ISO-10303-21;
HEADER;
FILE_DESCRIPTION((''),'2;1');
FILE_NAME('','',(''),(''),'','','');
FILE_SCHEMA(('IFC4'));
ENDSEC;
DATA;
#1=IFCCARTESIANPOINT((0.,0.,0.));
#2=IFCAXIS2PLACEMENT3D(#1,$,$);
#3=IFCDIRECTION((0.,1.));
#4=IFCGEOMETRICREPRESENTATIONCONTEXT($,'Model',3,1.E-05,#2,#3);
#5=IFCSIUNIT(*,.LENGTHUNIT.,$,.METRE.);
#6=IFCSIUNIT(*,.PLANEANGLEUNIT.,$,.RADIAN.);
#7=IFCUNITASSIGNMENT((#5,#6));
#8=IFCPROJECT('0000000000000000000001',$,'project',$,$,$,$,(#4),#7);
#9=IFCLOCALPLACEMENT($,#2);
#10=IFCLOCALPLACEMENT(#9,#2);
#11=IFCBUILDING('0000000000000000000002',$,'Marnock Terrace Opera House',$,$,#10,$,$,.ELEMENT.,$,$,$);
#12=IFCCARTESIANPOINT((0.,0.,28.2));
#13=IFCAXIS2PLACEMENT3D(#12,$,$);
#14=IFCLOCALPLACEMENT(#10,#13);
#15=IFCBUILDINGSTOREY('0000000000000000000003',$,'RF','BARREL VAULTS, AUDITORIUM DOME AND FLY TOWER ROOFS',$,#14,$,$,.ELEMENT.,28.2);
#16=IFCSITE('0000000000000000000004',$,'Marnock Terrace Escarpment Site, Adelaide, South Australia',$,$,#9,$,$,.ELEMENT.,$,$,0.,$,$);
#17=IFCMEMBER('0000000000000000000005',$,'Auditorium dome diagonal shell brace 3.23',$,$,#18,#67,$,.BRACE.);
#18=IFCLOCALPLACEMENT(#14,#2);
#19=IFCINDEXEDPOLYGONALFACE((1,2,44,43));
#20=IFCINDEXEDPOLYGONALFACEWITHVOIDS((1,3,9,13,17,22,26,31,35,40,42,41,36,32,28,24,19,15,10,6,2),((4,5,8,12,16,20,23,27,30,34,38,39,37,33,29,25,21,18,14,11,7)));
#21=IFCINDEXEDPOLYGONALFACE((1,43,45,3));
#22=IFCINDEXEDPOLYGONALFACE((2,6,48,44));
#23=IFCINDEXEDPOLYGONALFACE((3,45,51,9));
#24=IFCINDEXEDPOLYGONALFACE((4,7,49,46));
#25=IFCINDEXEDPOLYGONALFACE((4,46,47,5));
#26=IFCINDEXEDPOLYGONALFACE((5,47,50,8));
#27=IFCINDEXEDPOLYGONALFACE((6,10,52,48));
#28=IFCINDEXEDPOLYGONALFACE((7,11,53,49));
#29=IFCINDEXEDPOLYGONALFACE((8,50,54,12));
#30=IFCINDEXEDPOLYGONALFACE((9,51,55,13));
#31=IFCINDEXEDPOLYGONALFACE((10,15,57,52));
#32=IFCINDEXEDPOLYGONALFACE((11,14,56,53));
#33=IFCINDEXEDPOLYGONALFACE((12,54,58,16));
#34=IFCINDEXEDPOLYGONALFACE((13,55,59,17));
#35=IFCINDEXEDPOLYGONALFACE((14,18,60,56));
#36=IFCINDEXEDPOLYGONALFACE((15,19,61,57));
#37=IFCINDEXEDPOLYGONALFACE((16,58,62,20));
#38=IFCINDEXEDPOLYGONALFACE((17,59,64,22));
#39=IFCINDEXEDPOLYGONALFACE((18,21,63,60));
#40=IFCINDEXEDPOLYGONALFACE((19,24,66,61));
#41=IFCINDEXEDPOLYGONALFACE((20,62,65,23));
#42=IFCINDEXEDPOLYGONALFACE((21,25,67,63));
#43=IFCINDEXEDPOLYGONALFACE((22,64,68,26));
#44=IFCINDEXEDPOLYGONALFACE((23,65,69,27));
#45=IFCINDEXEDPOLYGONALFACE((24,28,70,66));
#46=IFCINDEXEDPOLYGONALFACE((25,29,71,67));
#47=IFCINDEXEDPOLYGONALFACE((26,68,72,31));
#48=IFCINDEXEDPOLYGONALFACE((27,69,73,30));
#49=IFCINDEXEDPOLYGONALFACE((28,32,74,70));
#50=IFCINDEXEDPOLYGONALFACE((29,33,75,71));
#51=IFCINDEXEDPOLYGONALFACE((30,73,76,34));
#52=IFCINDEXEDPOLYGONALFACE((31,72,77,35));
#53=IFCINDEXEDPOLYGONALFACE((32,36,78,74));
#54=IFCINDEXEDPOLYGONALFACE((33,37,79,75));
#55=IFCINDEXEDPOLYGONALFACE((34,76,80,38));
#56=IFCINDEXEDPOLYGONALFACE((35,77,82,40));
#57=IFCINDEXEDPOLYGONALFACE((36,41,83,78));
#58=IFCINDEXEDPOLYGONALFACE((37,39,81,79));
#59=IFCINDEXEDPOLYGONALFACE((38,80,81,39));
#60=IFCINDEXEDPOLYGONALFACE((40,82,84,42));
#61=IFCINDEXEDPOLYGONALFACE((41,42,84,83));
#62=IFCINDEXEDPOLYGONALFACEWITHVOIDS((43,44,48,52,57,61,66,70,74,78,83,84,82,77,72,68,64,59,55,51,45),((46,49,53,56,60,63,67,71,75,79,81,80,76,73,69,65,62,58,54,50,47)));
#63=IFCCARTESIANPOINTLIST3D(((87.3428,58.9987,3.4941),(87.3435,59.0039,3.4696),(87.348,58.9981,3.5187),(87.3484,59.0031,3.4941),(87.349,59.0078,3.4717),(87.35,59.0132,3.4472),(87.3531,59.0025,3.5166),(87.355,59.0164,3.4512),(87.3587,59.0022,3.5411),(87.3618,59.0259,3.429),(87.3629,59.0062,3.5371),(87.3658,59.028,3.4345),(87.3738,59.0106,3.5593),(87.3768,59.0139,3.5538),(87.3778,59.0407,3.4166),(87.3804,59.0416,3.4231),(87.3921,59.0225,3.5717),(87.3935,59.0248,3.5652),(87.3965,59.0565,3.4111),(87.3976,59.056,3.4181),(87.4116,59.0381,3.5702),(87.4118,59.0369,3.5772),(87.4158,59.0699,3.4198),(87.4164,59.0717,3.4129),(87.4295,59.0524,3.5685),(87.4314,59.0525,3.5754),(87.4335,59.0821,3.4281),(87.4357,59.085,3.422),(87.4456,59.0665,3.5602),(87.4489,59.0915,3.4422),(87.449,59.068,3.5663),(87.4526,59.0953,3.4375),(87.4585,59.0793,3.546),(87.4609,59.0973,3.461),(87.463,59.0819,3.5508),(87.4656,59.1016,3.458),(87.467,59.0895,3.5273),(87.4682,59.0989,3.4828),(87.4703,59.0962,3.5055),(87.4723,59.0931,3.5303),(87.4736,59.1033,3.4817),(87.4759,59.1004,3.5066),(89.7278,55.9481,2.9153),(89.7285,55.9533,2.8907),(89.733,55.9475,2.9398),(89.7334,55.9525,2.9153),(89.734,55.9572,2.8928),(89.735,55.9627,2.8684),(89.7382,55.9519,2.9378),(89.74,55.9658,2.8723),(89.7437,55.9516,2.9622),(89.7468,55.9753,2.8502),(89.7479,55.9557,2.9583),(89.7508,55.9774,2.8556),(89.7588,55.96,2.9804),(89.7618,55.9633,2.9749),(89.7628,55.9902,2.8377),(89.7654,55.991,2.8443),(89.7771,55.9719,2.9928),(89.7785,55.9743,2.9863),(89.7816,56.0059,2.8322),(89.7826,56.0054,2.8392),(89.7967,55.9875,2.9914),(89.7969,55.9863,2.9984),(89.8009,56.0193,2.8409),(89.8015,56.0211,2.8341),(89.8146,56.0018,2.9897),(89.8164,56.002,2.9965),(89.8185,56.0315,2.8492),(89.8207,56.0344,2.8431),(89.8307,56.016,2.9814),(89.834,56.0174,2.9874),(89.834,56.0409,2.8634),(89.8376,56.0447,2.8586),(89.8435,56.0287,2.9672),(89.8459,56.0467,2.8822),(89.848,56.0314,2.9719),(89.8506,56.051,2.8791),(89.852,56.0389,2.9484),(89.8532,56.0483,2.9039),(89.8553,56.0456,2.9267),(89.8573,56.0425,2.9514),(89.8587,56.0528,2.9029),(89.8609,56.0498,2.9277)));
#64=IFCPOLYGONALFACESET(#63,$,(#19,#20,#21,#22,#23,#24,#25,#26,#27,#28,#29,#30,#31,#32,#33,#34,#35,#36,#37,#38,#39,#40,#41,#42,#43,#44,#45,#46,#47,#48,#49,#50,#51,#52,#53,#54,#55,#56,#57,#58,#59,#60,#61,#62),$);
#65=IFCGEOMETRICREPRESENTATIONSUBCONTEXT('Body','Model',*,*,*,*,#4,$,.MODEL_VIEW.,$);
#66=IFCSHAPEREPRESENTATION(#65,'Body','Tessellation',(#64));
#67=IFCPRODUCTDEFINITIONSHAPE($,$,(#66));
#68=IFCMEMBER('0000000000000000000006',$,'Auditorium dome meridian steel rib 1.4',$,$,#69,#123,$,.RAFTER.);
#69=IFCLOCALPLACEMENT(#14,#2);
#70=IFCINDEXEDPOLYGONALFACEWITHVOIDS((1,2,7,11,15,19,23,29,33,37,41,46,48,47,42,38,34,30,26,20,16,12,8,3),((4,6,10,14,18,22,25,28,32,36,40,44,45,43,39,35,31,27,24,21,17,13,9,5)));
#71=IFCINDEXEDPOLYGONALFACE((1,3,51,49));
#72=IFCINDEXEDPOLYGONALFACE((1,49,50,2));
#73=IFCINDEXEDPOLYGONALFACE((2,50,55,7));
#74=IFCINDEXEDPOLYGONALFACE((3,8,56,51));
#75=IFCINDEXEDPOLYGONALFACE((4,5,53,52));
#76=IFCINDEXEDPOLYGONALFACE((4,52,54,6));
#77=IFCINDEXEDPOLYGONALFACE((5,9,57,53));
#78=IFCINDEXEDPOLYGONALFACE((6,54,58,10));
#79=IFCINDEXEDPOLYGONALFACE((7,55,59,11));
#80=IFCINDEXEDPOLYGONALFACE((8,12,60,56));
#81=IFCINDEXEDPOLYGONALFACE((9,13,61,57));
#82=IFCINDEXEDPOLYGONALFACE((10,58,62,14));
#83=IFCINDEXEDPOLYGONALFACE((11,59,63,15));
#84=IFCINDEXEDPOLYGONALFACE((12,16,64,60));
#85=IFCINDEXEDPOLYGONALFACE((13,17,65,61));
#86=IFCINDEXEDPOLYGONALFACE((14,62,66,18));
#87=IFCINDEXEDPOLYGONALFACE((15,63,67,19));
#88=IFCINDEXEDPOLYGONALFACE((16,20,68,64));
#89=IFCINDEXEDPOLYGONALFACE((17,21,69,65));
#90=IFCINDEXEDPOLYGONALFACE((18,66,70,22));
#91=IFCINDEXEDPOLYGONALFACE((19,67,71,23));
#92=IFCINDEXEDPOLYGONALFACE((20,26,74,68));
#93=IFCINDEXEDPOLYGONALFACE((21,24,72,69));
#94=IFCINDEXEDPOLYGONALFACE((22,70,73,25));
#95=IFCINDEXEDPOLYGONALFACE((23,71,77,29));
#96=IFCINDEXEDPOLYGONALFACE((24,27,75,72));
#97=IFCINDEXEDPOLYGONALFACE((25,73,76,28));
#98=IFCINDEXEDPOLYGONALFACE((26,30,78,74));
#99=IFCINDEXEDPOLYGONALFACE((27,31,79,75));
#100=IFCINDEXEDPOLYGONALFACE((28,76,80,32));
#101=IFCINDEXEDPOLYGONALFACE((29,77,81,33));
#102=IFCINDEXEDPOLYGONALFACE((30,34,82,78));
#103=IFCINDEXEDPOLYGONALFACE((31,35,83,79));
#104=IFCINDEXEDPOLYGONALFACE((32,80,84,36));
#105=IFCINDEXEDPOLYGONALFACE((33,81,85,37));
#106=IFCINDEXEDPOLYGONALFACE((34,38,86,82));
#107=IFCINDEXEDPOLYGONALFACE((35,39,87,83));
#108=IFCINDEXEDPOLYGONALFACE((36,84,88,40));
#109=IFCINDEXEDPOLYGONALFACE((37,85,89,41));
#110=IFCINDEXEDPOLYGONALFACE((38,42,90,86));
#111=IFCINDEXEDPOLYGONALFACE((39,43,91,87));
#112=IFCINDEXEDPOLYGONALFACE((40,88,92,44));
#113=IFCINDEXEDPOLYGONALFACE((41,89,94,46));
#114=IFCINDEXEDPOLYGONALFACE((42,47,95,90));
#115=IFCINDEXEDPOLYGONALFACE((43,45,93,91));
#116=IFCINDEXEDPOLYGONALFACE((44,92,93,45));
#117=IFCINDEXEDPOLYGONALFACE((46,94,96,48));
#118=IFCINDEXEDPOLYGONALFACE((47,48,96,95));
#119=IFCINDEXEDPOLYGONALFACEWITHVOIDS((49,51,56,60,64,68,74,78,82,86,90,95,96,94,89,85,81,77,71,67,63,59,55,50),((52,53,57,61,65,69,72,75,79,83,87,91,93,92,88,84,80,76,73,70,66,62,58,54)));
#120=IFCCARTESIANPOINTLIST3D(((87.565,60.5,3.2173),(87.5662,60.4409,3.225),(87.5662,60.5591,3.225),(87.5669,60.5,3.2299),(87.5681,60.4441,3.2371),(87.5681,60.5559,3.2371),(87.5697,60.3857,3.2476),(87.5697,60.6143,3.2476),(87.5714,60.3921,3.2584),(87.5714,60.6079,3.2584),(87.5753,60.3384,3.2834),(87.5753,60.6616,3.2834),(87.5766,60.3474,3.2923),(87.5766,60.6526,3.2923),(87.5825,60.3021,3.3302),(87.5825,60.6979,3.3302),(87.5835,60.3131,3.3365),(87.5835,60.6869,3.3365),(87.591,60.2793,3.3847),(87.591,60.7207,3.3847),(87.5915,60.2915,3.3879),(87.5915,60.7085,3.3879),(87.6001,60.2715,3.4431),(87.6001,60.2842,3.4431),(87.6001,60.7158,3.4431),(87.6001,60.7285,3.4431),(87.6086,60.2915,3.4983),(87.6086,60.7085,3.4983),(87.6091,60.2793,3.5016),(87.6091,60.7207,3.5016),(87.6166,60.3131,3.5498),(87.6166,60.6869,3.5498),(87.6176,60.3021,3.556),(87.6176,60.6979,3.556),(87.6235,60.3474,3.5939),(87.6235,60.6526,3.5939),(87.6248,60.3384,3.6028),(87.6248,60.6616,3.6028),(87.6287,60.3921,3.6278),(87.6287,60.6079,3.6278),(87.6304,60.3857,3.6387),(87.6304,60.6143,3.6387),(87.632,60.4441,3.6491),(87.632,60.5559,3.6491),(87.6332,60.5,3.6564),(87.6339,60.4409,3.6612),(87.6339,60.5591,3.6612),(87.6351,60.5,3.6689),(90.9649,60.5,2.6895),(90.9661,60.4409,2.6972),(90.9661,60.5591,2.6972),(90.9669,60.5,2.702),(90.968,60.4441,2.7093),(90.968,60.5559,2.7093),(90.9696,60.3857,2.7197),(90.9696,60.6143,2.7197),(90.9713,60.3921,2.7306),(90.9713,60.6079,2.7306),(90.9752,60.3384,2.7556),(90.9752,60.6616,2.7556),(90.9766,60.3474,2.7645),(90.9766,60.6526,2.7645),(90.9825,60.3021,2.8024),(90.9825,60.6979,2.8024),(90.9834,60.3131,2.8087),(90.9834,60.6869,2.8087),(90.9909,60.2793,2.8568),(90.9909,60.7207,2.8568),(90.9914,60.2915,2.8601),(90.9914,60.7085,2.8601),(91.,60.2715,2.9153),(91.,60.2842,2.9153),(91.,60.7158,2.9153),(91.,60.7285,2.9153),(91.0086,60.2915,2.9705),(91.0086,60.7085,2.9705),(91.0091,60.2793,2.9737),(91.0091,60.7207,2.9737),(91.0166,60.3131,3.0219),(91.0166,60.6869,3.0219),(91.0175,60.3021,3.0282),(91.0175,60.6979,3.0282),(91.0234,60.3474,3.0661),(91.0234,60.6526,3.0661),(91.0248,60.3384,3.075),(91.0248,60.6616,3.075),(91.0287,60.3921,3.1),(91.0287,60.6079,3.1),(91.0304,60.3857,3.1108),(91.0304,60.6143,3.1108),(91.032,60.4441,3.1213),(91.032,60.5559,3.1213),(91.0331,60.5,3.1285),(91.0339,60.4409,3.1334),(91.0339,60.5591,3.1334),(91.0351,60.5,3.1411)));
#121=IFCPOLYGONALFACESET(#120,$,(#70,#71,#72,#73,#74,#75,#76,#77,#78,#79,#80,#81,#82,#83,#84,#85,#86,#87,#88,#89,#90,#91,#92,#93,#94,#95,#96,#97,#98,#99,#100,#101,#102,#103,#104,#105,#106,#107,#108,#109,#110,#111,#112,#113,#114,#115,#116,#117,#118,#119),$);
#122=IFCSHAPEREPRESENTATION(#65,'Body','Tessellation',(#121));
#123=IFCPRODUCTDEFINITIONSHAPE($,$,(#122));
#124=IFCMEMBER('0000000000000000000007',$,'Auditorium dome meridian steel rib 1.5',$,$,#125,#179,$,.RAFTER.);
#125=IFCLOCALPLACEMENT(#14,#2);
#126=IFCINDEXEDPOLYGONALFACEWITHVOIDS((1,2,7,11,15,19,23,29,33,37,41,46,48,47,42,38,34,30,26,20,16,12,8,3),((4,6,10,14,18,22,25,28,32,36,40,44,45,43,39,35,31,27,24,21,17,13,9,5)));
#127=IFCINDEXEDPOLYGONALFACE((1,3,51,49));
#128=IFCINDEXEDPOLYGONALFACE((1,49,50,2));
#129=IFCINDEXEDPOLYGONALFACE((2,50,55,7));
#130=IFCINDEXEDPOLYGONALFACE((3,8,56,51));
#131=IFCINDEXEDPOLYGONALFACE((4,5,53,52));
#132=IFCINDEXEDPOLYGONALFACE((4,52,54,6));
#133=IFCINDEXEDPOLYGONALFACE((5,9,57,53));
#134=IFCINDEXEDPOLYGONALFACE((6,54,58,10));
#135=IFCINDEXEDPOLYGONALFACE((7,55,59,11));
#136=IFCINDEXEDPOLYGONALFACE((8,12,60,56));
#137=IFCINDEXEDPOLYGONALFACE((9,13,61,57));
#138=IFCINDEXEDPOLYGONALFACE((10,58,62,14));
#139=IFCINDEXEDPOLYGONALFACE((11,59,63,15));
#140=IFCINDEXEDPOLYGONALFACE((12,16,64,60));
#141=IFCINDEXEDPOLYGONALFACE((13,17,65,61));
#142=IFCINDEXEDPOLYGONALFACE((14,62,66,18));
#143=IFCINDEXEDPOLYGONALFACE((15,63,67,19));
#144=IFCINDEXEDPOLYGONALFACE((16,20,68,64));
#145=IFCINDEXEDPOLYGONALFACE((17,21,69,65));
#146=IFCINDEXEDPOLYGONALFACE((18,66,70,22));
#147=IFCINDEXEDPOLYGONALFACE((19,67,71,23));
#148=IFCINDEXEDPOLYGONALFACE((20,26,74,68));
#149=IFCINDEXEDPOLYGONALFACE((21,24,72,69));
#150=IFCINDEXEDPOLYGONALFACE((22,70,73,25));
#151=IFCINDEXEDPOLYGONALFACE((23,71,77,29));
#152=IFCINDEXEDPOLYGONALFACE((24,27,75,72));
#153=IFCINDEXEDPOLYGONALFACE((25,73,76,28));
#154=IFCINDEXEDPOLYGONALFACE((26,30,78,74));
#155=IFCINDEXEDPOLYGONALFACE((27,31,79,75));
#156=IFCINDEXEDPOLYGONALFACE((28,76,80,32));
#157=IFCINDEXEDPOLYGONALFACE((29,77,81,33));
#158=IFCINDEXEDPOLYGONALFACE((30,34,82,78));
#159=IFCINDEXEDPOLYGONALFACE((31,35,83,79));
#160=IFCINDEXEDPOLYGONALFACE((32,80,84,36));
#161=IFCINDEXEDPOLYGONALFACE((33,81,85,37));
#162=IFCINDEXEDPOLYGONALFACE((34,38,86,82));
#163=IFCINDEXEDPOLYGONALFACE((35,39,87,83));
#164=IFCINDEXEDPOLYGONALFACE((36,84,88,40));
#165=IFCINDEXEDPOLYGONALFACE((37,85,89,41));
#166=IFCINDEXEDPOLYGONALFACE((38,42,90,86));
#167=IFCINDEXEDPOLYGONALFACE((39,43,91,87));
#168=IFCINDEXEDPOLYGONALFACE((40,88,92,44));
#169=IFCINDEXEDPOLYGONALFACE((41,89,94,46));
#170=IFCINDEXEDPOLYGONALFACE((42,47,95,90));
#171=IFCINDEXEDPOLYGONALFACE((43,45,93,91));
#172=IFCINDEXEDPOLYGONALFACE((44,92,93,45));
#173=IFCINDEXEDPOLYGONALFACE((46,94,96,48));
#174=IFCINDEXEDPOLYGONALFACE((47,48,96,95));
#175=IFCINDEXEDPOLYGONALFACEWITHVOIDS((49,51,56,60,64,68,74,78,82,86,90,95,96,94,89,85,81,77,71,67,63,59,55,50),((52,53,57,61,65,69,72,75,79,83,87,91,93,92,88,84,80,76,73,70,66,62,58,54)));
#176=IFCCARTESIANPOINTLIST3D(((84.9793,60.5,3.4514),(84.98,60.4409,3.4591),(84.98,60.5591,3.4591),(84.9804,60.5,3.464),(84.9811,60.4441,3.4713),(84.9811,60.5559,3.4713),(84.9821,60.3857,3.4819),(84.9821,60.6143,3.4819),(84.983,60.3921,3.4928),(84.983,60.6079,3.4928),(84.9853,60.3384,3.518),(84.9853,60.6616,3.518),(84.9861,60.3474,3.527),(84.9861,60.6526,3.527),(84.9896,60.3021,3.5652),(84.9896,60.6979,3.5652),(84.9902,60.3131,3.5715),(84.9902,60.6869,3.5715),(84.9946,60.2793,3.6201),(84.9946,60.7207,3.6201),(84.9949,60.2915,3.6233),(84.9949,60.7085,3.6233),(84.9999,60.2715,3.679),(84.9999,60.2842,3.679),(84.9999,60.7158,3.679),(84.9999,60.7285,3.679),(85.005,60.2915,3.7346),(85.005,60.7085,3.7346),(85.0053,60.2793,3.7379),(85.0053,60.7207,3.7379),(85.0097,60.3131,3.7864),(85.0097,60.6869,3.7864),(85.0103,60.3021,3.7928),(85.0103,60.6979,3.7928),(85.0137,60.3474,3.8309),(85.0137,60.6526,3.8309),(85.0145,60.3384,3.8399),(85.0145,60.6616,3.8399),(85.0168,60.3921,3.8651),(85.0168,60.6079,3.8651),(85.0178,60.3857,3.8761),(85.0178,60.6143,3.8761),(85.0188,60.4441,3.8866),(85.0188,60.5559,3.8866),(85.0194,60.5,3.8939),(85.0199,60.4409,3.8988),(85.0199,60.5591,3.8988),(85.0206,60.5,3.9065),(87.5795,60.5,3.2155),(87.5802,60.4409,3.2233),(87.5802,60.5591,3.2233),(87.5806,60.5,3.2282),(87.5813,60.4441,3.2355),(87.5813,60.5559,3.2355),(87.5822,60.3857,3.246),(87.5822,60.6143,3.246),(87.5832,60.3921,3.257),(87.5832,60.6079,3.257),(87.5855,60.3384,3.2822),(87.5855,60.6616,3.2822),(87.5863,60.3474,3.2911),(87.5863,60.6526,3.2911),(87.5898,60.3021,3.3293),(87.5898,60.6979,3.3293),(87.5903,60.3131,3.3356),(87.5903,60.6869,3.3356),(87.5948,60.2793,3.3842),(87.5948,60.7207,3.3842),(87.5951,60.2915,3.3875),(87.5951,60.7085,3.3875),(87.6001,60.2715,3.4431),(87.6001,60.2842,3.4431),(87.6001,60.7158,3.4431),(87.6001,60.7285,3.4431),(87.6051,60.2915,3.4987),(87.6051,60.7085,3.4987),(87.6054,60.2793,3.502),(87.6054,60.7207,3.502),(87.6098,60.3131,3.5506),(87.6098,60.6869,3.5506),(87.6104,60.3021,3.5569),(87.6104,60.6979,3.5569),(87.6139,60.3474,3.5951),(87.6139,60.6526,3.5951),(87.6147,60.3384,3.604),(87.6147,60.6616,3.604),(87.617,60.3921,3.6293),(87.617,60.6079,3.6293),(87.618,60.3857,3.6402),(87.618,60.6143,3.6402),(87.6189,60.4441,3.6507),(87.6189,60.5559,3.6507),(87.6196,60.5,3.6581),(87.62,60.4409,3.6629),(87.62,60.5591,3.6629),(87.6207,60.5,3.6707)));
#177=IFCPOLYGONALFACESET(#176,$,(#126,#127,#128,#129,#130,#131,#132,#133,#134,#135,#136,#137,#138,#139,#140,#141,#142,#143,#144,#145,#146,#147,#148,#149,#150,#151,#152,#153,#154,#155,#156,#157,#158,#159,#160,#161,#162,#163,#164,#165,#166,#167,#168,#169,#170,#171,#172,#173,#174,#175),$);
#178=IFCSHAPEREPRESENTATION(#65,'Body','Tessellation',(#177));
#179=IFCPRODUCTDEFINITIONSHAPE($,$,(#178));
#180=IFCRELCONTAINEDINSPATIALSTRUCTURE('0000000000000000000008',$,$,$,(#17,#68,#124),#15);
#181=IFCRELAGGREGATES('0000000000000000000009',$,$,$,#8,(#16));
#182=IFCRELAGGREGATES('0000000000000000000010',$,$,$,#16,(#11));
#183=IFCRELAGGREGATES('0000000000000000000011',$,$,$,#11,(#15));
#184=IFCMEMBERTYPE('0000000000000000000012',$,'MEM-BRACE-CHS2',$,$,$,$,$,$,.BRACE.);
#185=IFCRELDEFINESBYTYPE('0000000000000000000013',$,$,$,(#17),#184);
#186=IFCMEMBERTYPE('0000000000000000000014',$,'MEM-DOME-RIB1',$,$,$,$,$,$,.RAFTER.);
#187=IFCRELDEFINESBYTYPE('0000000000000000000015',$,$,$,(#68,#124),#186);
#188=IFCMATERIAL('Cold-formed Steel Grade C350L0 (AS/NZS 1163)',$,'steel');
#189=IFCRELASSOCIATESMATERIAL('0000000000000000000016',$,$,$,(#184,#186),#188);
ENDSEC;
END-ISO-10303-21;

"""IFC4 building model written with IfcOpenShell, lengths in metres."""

from ifc_helpers import new_model, si_unit, direction, frame, origin, origin_2d, place, context, subcontext, project, spatial, hollow_circle, extrude, material, material_profile, profile_set, type_object, element, save


model = new_model("IFC4")

# Units and contexts
model_context = context("Model", 3, precision=1e-05, world=origin(), true_north=direction((0.0, 1.0)))
body_context = subcontext(model_context, "Body", "Model", "MODEL_VIEW")
ifc_project = project(units=[si_unit("LENGTHUNIT", "METRE"), si_unit("PLANEANGLEUNIT", "RADIAN")], contexts=[model_context])

# Site, building, storey
site_placement = place(None, origin())
site = spatial("IfcSite", under=ifc_project, at=site_placement, Name="Marnock Terrace Escarpment Site, Adelaide, South Australia", CompositionType="ELEMENT", RefElevation=0.0)
building_placement = place(site_placement, origin())
building = spatial("IfcBuilding", under=site, at=building_placement, Name="Marnock Terrace Opera House", CompositionType="ELEMENT")
storey_placement = place(building_placement, frame((0.0, 0.0, 28.2)))
storey = spatial("IfcBuildingStorey", under=building, at=storey_placement, Name="RF", Description="BARREL VAULTS, AUDITORIUM DOME AND FLY TOWER ROOFS", CompositionType="ELEMENT", Elevation=28.2)

# Members
ifc_material_1 = material(Name="Cold-formed Steel Grade C350L0 (AS/NZS 1163)", Category="steel")
ifc_material_profile_1 = material_profile(ifc_material_1, hollow_circle(Radius=0.0842, WallThickness=0.0071, at=origin_2d()))
ifc_profile_set_1 = profile_set([ifc_material_profile_1], Name="Cold-formed Steel Grade C350L0 (AS/NZS 1163)")
member_type_1 = type_object("IfcMemberType", Name="MEM-BRACE-CHS2", PredefinedType="BRACE", material=ifc_profile_set_1)
member_1_placement = place(storey_placement, frame((89.7942, 56.0, 2.9153), z_axis=(-0.60916, 0.779144, 0.147847), x_axis=(-0.787802, -0.615929, 0.0)))
element("IfcMember", 1, at=member_1_placement, inside=storey, type_object=member_type_1, Name="Auditorium dome diagonal shell brace 3.23", PredefinedType="BRACE", context=body_context, shape_type="SweptSolid", body=[
    extrude(hollow_circle(Radius=0.0842, WallThickness=0.0071, at=origin_2d()), origin(), (0.0, 0.0, 1.0), 3.9153),
])
ifc_material_profile_2 = material_profile(ifc_material_1, hollow_circle(Radius=0.2285, WallThickness=0.0127, at=origin_2d()))
ifc_profile_set_2 = profile_set([ifc_material_profile_2], Name="Cold-formed Steel Grade C350L0 (AS/NZS 1163)")
member_type_2 = type_object("IfcMemberType", Name="MEM-DOME-RIB1", PredefinedType="RAFTER", material=ifc_profile_set_2)
member_2_placement = place(storey_placement, frame((91.0, 60.5, 2.9153), z_axis=(-0.988162, 0.0, 0.153411), x_axis=(0.0, -1.0, 0.0)))
element("IfcMember", 2, at=member_2_placement, inside=storey, type_object=member_type_2, Name="Auditorium dome meridian steel rib 1.4", PredefinedType="RAFTER", context=body_context, shape_type="SweptSolid", body=[
    extrude(hollow_circle(Radius=0.2285, WallThickness=0.0127, at=origin_2d()), origin(), (0.0, 0.0, 1.0), 3.4407),
])
for number, where, z_axis, x_axis, name in (
    (3, (87.6001, 60.5, 3.4431), (-0.995912, 0.0, 0.090333), (0.0, -1.0, 0.0), "Auditorium dome meridian steel rib 1.5"),
):
    element("IfcMember", number, at=place(storey_placement, frame(where, z_axis=z_axis, x_axis=x_axis)), inside=storey, type_object=member_type_2, Name=name, PredefinedType="RAFTER", context=body_context, shape_type="SweptSolid", body=[
        extrude(hollow_circle(Radius=0.2285, WallThickness=0.0127, at=origin_2d()), origin(), (0.0, 0.0, 1.0), 2.6108),
    ])

save(model, "model.ifc")
